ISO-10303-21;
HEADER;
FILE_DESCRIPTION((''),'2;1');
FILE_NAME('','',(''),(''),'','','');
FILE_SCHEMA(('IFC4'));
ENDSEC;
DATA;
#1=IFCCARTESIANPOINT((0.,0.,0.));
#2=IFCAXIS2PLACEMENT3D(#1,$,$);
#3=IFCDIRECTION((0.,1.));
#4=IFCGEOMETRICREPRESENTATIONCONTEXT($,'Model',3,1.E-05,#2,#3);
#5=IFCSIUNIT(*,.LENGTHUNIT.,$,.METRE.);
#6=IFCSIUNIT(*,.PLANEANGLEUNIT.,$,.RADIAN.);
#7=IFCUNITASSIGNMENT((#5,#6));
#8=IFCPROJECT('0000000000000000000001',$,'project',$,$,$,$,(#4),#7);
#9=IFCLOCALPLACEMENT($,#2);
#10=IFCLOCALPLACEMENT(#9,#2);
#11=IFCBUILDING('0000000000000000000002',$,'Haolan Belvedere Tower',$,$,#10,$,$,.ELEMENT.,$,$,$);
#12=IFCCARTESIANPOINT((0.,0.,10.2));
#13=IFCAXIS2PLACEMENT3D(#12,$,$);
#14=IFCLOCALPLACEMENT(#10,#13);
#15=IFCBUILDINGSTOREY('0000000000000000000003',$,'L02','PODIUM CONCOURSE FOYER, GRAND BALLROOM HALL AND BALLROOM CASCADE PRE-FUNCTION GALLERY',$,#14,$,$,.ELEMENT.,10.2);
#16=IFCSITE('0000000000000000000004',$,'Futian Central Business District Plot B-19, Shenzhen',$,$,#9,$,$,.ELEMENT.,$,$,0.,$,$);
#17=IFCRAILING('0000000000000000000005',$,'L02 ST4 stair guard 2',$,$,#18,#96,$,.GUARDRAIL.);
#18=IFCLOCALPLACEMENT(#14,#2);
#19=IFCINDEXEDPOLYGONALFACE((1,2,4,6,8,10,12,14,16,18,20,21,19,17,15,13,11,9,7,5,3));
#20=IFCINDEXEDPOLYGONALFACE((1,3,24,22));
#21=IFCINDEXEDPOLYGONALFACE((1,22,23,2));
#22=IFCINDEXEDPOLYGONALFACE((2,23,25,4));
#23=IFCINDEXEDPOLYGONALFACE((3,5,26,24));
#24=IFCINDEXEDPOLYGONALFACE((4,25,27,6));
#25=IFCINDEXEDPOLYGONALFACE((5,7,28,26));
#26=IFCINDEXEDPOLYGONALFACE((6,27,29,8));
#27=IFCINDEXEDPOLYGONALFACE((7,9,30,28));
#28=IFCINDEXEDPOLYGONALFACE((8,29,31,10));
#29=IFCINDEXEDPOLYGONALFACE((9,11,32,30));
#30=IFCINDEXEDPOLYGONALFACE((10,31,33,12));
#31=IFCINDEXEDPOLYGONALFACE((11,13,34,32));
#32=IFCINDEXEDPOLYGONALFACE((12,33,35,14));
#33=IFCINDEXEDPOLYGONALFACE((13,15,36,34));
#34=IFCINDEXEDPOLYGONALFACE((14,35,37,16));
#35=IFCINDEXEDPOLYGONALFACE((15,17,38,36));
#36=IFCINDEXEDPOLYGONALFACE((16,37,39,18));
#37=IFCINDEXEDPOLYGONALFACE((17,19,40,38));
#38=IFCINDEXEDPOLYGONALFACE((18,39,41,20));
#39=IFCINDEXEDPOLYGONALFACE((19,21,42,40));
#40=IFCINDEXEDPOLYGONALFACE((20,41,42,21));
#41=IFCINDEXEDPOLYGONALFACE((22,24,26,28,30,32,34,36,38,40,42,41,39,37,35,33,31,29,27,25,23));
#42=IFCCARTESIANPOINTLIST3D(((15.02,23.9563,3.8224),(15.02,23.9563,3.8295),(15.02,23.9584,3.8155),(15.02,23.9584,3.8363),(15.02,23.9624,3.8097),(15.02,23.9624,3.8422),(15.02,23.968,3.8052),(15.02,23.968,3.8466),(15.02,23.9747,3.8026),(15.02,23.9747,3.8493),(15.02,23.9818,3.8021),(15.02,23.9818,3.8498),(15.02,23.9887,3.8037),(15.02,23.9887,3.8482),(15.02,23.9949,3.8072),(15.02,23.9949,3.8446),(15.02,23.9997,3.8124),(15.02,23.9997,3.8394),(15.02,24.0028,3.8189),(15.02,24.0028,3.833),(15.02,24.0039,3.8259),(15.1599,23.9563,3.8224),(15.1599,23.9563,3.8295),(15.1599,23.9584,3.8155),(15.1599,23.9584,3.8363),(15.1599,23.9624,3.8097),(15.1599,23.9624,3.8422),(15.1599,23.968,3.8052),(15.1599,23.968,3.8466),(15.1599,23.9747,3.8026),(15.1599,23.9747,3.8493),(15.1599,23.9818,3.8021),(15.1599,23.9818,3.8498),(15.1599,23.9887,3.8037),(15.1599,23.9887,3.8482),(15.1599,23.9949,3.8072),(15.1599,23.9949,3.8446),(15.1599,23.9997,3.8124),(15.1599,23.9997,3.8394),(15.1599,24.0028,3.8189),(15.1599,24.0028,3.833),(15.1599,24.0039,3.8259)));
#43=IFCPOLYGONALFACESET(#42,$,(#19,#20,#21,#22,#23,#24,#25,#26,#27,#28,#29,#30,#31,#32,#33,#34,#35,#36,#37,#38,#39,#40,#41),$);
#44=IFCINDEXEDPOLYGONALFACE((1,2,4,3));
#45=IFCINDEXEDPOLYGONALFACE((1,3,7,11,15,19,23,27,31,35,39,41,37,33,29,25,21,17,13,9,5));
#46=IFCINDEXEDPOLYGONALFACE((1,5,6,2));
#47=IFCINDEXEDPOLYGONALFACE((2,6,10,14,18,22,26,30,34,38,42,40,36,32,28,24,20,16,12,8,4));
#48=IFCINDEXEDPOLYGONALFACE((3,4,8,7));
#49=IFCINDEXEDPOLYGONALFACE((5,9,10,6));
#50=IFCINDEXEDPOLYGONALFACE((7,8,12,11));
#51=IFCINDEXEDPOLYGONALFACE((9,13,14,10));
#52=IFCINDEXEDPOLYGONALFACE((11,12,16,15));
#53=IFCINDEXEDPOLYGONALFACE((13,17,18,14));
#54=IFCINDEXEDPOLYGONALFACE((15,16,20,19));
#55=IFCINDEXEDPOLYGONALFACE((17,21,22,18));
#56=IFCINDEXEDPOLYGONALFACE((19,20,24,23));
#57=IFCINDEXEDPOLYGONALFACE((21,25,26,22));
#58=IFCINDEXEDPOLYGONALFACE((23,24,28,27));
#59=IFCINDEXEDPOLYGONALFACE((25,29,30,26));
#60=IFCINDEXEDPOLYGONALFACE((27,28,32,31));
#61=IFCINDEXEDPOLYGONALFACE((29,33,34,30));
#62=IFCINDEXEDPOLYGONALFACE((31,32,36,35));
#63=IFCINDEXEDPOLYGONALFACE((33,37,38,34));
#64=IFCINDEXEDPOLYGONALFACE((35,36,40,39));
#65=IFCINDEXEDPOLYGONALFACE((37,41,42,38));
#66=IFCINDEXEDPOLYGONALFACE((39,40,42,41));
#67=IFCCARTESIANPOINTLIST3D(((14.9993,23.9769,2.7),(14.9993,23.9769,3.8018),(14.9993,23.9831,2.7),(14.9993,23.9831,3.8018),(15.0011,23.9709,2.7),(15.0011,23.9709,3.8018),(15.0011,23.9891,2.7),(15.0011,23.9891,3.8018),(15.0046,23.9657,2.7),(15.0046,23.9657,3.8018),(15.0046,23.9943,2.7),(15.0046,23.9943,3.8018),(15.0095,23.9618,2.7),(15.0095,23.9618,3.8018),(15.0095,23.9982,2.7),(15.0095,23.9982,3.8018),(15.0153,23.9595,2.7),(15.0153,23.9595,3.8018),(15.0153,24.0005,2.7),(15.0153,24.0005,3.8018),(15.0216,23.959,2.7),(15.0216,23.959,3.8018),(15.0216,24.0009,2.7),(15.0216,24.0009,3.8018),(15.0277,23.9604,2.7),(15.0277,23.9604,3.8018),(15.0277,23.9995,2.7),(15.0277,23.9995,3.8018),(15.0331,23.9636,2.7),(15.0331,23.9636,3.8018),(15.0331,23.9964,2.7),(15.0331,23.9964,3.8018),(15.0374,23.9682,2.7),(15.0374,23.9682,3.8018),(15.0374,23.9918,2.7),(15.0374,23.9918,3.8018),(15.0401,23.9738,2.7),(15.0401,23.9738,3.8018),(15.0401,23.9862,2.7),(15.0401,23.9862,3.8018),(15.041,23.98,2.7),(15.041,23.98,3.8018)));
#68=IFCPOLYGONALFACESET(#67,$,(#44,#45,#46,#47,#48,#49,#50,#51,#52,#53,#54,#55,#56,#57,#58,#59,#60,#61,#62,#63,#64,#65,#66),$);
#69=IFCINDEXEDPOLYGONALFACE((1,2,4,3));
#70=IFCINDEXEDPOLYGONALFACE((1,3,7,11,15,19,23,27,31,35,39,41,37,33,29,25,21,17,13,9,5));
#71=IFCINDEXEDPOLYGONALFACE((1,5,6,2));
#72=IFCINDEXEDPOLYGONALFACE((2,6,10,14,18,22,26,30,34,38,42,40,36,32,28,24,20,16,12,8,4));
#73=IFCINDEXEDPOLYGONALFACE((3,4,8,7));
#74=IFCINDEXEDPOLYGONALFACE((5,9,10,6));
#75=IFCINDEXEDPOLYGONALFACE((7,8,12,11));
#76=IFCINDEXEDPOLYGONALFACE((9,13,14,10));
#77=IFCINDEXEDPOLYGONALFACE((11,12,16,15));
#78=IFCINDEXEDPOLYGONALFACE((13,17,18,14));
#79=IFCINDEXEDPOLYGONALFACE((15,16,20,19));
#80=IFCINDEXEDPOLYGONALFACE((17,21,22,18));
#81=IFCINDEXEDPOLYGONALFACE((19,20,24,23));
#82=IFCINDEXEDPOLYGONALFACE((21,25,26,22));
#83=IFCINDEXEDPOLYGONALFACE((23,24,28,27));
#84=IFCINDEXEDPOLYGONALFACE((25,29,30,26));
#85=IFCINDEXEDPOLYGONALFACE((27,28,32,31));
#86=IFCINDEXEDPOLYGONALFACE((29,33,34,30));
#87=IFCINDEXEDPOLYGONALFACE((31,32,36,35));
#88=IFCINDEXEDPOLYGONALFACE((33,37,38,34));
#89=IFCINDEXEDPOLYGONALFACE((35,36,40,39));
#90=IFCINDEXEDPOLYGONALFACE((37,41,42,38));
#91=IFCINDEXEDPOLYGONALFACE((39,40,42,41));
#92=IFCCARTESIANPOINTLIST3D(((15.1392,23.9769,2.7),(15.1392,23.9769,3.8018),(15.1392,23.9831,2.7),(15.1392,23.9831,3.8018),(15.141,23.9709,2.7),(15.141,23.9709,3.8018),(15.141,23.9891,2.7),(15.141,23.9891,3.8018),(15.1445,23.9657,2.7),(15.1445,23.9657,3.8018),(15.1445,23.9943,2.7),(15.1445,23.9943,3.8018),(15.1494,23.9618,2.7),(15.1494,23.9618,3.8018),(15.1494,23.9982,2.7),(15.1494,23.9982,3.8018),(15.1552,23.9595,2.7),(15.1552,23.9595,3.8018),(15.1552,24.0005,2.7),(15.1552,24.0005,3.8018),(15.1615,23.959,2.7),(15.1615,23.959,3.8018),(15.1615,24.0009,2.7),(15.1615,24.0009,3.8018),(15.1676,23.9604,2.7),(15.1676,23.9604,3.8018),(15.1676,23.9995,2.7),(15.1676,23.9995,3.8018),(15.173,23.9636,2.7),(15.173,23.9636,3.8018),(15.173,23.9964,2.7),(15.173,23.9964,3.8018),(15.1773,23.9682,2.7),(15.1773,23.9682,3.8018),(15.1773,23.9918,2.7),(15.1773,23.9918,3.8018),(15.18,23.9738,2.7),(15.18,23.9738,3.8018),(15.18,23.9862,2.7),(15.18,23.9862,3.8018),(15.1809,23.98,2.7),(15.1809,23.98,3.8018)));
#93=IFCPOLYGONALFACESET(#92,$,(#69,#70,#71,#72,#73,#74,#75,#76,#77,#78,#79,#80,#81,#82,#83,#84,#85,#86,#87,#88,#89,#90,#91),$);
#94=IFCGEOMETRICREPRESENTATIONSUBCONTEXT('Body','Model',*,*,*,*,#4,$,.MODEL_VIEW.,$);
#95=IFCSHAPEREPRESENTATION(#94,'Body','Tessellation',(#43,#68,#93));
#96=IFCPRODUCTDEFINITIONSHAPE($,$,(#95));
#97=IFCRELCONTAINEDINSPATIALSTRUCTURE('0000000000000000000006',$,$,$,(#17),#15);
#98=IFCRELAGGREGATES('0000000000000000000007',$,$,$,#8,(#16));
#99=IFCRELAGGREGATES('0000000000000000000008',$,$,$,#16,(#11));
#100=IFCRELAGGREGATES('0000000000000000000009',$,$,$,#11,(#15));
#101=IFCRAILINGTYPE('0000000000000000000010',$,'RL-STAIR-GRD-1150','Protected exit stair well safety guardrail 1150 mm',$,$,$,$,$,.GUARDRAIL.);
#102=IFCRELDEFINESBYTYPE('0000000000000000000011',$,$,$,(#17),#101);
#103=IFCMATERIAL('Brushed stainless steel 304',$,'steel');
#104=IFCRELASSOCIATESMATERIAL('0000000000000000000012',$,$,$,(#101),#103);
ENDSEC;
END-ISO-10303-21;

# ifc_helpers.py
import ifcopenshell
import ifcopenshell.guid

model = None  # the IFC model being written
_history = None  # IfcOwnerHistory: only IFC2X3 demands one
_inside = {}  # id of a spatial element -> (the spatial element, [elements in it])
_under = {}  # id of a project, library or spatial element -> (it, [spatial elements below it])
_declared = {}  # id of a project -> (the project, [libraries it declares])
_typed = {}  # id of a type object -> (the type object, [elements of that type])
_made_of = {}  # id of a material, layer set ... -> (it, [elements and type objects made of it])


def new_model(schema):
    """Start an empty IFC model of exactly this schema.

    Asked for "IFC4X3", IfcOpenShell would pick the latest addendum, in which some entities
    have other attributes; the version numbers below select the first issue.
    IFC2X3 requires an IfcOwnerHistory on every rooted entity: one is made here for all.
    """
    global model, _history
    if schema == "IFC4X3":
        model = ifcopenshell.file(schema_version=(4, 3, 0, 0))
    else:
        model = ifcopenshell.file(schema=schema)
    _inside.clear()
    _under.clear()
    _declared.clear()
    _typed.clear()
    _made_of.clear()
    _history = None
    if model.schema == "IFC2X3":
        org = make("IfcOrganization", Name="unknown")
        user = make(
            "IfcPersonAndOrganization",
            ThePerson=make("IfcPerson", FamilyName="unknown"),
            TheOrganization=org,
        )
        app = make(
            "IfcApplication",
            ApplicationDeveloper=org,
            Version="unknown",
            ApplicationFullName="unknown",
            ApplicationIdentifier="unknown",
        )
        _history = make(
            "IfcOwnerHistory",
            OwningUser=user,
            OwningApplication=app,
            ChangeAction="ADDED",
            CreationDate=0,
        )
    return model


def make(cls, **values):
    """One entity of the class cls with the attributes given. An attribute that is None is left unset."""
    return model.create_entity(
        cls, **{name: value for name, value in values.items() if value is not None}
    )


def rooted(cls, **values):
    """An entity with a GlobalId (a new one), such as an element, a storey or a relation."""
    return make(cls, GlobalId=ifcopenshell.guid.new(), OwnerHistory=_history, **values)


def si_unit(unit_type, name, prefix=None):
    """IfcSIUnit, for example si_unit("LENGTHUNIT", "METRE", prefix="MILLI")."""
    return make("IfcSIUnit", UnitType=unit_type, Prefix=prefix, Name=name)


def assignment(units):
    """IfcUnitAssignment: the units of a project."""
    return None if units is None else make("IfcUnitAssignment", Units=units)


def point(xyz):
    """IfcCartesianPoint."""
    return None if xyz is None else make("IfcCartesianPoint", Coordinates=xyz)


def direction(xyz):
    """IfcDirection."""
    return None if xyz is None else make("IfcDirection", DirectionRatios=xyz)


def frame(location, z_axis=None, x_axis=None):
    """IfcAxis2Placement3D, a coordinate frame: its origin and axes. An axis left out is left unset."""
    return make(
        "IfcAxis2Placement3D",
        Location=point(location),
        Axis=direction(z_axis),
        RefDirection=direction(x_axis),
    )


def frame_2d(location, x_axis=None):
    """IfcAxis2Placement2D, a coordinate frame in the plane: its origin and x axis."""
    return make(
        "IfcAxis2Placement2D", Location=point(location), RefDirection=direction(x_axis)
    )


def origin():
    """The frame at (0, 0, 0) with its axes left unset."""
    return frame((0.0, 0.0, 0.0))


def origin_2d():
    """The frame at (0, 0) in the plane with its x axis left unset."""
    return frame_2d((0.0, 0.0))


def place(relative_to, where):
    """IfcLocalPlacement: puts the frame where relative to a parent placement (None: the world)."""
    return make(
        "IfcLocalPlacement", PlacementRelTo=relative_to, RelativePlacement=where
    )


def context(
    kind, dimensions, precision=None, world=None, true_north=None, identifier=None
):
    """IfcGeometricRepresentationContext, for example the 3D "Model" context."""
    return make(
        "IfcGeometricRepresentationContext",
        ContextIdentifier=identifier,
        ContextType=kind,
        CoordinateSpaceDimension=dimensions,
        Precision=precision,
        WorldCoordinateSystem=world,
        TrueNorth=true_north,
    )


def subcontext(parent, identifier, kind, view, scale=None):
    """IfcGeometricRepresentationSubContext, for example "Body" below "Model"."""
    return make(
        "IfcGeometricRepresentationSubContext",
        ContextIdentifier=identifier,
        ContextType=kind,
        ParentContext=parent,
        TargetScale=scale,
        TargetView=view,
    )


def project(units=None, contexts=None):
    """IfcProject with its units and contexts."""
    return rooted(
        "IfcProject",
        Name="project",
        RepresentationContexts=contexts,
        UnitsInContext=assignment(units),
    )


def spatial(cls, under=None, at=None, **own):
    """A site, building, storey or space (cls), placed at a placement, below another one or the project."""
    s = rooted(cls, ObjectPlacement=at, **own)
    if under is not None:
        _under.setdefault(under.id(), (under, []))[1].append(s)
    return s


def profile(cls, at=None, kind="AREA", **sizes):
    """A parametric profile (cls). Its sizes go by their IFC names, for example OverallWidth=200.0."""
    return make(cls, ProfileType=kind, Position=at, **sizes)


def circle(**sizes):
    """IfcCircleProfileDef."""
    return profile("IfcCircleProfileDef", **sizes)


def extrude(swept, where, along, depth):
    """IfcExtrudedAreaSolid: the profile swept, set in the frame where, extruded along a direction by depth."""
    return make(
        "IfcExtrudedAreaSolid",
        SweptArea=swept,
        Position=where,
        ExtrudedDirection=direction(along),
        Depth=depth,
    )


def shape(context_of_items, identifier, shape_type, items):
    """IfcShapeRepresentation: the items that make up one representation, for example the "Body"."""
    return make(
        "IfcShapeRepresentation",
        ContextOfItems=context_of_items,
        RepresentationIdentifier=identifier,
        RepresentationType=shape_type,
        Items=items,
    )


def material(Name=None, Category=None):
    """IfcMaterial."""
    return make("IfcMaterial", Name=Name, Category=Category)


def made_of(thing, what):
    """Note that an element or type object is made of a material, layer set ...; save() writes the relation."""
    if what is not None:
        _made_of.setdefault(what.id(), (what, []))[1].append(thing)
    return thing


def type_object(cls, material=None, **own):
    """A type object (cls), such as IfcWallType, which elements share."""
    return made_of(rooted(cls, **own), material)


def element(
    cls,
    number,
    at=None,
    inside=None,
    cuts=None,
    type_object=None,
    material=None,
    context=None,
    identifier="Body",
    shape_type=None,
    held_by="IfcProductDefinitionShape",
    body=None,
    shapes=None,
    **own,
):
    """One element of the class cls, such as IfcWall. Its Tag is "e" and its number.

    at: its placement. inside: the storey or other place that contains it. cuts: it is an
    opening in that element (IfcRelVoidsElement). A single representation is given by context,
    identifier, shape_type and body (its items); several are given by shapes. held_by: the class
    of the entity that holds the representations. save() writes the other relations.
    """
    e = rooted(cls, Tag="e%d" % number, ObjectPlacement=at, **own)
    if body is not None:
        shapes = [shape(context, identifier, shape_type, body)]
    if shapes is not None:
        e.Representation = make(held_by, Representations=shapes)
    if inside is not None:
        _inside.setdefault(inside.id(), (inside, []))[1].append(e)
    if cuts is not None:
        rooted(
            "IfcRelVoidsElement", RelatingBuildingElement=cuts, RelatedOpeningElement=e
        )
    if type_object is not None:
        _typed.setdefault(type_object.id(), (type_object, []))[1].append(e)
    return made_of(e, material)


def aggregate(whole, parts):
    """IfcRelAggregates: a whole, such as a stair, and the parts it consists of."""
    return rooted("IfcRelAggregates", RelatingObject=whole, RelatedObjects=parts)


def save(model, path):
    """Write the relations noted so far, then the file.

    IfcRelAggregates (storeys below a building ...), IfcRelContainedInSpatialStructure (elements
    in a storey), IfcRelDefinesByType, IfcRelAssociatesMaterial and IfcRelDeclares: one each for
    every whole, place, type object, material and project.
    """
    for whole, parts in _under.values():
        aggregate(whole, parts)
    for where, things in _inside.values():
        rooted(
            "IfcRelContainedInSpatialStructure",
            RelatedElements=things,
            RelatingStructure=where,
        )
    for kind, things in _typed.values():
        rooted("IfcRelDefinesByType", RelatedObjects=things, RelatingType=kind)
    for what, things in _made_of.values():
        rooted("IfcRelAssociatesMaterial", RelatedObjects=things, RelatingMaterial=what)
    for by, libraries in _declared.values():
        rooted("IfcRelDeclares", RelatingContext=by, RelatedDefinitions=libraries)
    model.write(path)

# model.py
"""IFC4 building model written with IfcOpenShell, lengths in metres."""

from ifc_helpers import new_model, si_unit, direction, frame, origin, origin_2d, place, context, subcontext, project, spatial, circle, extrude, material, type_object, element, save


model = new_model("IFC4")

# Units and contexts
model_context = context("Model", 3, precision=1e-05, world=origin(), true_north=direction((0.0, 1.0)))
body_context = subcontext(model_context, "Body", "Model", "MODEL_VIEW")
ifc_project = project(units=[si_unit("LENGTHUNIT", "METRE"), si_unit("PLANEANGLEUNIT", "RADIAN")], contexts=[model_context])

# Site, building, storey
site_placement = place(None, origin())
site = spatial("IfcSite", under=ifc_project, at=site_placement, Name="Futian Central Business District Plot B-19, Shenzhen", CompositionType="ELEMENT", RefElevation=0.0)
building_placement = place(site_placement, origin())
building = spatial("IfcBuilding", under=site, at=building_placement, Name="Haolan Belvedere Tower", CompositionType="ELEMENT")
storey_placement = place(building_placement, frame((0.0, 0.0, 10.2)))
storey = spatial("IfcBuildingStorey", under=building, at=storey_placement, Name="L02", Description="PODIUM CONCOURSE FOYER, GRAND BALLROOM HALL AND BALLROOM CASCADE PRE-FUNCTION GALLERY", CompositionType="ELEMENT", Elevation=10.2)

# Railing
ifc_material_1 = material(Name="Brushed stainless steel 304", Category="steel")
railing_type_1 = type_object("IfcRailingType", Name="RL-STAIR-GRD-1150", Description="Protected exit stair well safety guardrail 1150 mm", PredefinedType="GUARDRAIL", material=ifc_material_1)
railing_1_placement = place(storey_placement, frame((15.02, 23.98, 2.7)))
element("IfcRailing", 1, at=railing_1_placement, inside=storey, type_object=railing_type_1, Name="L02 ST4 stair guard 2", PredefinedType="GUARDRAIL", context=body_context, shape_type="SweptSolid", body=[
    extrude(circle(Radius=0.0239, at=origin_2d()), frame((0.0, 0.0, 1.126), z_axis=(1.0, 0.0, 0.0), x_axis=(0.0, 1.0, 0.0)), (0.0, 0.0, 1.0), 0.1399),
    extrude(circle(Radius=0.021, at=origin_2d()), origin(), (0.0, 0.0, 1.0), 1.1018),
    extrude(circle(Radius=0.021, at=origin_2d()), frame((0.1399, 0.0, 0.0)), (0.0, 0.0, 1.0), 1.1018),
])

save(model, "model.ifc")
